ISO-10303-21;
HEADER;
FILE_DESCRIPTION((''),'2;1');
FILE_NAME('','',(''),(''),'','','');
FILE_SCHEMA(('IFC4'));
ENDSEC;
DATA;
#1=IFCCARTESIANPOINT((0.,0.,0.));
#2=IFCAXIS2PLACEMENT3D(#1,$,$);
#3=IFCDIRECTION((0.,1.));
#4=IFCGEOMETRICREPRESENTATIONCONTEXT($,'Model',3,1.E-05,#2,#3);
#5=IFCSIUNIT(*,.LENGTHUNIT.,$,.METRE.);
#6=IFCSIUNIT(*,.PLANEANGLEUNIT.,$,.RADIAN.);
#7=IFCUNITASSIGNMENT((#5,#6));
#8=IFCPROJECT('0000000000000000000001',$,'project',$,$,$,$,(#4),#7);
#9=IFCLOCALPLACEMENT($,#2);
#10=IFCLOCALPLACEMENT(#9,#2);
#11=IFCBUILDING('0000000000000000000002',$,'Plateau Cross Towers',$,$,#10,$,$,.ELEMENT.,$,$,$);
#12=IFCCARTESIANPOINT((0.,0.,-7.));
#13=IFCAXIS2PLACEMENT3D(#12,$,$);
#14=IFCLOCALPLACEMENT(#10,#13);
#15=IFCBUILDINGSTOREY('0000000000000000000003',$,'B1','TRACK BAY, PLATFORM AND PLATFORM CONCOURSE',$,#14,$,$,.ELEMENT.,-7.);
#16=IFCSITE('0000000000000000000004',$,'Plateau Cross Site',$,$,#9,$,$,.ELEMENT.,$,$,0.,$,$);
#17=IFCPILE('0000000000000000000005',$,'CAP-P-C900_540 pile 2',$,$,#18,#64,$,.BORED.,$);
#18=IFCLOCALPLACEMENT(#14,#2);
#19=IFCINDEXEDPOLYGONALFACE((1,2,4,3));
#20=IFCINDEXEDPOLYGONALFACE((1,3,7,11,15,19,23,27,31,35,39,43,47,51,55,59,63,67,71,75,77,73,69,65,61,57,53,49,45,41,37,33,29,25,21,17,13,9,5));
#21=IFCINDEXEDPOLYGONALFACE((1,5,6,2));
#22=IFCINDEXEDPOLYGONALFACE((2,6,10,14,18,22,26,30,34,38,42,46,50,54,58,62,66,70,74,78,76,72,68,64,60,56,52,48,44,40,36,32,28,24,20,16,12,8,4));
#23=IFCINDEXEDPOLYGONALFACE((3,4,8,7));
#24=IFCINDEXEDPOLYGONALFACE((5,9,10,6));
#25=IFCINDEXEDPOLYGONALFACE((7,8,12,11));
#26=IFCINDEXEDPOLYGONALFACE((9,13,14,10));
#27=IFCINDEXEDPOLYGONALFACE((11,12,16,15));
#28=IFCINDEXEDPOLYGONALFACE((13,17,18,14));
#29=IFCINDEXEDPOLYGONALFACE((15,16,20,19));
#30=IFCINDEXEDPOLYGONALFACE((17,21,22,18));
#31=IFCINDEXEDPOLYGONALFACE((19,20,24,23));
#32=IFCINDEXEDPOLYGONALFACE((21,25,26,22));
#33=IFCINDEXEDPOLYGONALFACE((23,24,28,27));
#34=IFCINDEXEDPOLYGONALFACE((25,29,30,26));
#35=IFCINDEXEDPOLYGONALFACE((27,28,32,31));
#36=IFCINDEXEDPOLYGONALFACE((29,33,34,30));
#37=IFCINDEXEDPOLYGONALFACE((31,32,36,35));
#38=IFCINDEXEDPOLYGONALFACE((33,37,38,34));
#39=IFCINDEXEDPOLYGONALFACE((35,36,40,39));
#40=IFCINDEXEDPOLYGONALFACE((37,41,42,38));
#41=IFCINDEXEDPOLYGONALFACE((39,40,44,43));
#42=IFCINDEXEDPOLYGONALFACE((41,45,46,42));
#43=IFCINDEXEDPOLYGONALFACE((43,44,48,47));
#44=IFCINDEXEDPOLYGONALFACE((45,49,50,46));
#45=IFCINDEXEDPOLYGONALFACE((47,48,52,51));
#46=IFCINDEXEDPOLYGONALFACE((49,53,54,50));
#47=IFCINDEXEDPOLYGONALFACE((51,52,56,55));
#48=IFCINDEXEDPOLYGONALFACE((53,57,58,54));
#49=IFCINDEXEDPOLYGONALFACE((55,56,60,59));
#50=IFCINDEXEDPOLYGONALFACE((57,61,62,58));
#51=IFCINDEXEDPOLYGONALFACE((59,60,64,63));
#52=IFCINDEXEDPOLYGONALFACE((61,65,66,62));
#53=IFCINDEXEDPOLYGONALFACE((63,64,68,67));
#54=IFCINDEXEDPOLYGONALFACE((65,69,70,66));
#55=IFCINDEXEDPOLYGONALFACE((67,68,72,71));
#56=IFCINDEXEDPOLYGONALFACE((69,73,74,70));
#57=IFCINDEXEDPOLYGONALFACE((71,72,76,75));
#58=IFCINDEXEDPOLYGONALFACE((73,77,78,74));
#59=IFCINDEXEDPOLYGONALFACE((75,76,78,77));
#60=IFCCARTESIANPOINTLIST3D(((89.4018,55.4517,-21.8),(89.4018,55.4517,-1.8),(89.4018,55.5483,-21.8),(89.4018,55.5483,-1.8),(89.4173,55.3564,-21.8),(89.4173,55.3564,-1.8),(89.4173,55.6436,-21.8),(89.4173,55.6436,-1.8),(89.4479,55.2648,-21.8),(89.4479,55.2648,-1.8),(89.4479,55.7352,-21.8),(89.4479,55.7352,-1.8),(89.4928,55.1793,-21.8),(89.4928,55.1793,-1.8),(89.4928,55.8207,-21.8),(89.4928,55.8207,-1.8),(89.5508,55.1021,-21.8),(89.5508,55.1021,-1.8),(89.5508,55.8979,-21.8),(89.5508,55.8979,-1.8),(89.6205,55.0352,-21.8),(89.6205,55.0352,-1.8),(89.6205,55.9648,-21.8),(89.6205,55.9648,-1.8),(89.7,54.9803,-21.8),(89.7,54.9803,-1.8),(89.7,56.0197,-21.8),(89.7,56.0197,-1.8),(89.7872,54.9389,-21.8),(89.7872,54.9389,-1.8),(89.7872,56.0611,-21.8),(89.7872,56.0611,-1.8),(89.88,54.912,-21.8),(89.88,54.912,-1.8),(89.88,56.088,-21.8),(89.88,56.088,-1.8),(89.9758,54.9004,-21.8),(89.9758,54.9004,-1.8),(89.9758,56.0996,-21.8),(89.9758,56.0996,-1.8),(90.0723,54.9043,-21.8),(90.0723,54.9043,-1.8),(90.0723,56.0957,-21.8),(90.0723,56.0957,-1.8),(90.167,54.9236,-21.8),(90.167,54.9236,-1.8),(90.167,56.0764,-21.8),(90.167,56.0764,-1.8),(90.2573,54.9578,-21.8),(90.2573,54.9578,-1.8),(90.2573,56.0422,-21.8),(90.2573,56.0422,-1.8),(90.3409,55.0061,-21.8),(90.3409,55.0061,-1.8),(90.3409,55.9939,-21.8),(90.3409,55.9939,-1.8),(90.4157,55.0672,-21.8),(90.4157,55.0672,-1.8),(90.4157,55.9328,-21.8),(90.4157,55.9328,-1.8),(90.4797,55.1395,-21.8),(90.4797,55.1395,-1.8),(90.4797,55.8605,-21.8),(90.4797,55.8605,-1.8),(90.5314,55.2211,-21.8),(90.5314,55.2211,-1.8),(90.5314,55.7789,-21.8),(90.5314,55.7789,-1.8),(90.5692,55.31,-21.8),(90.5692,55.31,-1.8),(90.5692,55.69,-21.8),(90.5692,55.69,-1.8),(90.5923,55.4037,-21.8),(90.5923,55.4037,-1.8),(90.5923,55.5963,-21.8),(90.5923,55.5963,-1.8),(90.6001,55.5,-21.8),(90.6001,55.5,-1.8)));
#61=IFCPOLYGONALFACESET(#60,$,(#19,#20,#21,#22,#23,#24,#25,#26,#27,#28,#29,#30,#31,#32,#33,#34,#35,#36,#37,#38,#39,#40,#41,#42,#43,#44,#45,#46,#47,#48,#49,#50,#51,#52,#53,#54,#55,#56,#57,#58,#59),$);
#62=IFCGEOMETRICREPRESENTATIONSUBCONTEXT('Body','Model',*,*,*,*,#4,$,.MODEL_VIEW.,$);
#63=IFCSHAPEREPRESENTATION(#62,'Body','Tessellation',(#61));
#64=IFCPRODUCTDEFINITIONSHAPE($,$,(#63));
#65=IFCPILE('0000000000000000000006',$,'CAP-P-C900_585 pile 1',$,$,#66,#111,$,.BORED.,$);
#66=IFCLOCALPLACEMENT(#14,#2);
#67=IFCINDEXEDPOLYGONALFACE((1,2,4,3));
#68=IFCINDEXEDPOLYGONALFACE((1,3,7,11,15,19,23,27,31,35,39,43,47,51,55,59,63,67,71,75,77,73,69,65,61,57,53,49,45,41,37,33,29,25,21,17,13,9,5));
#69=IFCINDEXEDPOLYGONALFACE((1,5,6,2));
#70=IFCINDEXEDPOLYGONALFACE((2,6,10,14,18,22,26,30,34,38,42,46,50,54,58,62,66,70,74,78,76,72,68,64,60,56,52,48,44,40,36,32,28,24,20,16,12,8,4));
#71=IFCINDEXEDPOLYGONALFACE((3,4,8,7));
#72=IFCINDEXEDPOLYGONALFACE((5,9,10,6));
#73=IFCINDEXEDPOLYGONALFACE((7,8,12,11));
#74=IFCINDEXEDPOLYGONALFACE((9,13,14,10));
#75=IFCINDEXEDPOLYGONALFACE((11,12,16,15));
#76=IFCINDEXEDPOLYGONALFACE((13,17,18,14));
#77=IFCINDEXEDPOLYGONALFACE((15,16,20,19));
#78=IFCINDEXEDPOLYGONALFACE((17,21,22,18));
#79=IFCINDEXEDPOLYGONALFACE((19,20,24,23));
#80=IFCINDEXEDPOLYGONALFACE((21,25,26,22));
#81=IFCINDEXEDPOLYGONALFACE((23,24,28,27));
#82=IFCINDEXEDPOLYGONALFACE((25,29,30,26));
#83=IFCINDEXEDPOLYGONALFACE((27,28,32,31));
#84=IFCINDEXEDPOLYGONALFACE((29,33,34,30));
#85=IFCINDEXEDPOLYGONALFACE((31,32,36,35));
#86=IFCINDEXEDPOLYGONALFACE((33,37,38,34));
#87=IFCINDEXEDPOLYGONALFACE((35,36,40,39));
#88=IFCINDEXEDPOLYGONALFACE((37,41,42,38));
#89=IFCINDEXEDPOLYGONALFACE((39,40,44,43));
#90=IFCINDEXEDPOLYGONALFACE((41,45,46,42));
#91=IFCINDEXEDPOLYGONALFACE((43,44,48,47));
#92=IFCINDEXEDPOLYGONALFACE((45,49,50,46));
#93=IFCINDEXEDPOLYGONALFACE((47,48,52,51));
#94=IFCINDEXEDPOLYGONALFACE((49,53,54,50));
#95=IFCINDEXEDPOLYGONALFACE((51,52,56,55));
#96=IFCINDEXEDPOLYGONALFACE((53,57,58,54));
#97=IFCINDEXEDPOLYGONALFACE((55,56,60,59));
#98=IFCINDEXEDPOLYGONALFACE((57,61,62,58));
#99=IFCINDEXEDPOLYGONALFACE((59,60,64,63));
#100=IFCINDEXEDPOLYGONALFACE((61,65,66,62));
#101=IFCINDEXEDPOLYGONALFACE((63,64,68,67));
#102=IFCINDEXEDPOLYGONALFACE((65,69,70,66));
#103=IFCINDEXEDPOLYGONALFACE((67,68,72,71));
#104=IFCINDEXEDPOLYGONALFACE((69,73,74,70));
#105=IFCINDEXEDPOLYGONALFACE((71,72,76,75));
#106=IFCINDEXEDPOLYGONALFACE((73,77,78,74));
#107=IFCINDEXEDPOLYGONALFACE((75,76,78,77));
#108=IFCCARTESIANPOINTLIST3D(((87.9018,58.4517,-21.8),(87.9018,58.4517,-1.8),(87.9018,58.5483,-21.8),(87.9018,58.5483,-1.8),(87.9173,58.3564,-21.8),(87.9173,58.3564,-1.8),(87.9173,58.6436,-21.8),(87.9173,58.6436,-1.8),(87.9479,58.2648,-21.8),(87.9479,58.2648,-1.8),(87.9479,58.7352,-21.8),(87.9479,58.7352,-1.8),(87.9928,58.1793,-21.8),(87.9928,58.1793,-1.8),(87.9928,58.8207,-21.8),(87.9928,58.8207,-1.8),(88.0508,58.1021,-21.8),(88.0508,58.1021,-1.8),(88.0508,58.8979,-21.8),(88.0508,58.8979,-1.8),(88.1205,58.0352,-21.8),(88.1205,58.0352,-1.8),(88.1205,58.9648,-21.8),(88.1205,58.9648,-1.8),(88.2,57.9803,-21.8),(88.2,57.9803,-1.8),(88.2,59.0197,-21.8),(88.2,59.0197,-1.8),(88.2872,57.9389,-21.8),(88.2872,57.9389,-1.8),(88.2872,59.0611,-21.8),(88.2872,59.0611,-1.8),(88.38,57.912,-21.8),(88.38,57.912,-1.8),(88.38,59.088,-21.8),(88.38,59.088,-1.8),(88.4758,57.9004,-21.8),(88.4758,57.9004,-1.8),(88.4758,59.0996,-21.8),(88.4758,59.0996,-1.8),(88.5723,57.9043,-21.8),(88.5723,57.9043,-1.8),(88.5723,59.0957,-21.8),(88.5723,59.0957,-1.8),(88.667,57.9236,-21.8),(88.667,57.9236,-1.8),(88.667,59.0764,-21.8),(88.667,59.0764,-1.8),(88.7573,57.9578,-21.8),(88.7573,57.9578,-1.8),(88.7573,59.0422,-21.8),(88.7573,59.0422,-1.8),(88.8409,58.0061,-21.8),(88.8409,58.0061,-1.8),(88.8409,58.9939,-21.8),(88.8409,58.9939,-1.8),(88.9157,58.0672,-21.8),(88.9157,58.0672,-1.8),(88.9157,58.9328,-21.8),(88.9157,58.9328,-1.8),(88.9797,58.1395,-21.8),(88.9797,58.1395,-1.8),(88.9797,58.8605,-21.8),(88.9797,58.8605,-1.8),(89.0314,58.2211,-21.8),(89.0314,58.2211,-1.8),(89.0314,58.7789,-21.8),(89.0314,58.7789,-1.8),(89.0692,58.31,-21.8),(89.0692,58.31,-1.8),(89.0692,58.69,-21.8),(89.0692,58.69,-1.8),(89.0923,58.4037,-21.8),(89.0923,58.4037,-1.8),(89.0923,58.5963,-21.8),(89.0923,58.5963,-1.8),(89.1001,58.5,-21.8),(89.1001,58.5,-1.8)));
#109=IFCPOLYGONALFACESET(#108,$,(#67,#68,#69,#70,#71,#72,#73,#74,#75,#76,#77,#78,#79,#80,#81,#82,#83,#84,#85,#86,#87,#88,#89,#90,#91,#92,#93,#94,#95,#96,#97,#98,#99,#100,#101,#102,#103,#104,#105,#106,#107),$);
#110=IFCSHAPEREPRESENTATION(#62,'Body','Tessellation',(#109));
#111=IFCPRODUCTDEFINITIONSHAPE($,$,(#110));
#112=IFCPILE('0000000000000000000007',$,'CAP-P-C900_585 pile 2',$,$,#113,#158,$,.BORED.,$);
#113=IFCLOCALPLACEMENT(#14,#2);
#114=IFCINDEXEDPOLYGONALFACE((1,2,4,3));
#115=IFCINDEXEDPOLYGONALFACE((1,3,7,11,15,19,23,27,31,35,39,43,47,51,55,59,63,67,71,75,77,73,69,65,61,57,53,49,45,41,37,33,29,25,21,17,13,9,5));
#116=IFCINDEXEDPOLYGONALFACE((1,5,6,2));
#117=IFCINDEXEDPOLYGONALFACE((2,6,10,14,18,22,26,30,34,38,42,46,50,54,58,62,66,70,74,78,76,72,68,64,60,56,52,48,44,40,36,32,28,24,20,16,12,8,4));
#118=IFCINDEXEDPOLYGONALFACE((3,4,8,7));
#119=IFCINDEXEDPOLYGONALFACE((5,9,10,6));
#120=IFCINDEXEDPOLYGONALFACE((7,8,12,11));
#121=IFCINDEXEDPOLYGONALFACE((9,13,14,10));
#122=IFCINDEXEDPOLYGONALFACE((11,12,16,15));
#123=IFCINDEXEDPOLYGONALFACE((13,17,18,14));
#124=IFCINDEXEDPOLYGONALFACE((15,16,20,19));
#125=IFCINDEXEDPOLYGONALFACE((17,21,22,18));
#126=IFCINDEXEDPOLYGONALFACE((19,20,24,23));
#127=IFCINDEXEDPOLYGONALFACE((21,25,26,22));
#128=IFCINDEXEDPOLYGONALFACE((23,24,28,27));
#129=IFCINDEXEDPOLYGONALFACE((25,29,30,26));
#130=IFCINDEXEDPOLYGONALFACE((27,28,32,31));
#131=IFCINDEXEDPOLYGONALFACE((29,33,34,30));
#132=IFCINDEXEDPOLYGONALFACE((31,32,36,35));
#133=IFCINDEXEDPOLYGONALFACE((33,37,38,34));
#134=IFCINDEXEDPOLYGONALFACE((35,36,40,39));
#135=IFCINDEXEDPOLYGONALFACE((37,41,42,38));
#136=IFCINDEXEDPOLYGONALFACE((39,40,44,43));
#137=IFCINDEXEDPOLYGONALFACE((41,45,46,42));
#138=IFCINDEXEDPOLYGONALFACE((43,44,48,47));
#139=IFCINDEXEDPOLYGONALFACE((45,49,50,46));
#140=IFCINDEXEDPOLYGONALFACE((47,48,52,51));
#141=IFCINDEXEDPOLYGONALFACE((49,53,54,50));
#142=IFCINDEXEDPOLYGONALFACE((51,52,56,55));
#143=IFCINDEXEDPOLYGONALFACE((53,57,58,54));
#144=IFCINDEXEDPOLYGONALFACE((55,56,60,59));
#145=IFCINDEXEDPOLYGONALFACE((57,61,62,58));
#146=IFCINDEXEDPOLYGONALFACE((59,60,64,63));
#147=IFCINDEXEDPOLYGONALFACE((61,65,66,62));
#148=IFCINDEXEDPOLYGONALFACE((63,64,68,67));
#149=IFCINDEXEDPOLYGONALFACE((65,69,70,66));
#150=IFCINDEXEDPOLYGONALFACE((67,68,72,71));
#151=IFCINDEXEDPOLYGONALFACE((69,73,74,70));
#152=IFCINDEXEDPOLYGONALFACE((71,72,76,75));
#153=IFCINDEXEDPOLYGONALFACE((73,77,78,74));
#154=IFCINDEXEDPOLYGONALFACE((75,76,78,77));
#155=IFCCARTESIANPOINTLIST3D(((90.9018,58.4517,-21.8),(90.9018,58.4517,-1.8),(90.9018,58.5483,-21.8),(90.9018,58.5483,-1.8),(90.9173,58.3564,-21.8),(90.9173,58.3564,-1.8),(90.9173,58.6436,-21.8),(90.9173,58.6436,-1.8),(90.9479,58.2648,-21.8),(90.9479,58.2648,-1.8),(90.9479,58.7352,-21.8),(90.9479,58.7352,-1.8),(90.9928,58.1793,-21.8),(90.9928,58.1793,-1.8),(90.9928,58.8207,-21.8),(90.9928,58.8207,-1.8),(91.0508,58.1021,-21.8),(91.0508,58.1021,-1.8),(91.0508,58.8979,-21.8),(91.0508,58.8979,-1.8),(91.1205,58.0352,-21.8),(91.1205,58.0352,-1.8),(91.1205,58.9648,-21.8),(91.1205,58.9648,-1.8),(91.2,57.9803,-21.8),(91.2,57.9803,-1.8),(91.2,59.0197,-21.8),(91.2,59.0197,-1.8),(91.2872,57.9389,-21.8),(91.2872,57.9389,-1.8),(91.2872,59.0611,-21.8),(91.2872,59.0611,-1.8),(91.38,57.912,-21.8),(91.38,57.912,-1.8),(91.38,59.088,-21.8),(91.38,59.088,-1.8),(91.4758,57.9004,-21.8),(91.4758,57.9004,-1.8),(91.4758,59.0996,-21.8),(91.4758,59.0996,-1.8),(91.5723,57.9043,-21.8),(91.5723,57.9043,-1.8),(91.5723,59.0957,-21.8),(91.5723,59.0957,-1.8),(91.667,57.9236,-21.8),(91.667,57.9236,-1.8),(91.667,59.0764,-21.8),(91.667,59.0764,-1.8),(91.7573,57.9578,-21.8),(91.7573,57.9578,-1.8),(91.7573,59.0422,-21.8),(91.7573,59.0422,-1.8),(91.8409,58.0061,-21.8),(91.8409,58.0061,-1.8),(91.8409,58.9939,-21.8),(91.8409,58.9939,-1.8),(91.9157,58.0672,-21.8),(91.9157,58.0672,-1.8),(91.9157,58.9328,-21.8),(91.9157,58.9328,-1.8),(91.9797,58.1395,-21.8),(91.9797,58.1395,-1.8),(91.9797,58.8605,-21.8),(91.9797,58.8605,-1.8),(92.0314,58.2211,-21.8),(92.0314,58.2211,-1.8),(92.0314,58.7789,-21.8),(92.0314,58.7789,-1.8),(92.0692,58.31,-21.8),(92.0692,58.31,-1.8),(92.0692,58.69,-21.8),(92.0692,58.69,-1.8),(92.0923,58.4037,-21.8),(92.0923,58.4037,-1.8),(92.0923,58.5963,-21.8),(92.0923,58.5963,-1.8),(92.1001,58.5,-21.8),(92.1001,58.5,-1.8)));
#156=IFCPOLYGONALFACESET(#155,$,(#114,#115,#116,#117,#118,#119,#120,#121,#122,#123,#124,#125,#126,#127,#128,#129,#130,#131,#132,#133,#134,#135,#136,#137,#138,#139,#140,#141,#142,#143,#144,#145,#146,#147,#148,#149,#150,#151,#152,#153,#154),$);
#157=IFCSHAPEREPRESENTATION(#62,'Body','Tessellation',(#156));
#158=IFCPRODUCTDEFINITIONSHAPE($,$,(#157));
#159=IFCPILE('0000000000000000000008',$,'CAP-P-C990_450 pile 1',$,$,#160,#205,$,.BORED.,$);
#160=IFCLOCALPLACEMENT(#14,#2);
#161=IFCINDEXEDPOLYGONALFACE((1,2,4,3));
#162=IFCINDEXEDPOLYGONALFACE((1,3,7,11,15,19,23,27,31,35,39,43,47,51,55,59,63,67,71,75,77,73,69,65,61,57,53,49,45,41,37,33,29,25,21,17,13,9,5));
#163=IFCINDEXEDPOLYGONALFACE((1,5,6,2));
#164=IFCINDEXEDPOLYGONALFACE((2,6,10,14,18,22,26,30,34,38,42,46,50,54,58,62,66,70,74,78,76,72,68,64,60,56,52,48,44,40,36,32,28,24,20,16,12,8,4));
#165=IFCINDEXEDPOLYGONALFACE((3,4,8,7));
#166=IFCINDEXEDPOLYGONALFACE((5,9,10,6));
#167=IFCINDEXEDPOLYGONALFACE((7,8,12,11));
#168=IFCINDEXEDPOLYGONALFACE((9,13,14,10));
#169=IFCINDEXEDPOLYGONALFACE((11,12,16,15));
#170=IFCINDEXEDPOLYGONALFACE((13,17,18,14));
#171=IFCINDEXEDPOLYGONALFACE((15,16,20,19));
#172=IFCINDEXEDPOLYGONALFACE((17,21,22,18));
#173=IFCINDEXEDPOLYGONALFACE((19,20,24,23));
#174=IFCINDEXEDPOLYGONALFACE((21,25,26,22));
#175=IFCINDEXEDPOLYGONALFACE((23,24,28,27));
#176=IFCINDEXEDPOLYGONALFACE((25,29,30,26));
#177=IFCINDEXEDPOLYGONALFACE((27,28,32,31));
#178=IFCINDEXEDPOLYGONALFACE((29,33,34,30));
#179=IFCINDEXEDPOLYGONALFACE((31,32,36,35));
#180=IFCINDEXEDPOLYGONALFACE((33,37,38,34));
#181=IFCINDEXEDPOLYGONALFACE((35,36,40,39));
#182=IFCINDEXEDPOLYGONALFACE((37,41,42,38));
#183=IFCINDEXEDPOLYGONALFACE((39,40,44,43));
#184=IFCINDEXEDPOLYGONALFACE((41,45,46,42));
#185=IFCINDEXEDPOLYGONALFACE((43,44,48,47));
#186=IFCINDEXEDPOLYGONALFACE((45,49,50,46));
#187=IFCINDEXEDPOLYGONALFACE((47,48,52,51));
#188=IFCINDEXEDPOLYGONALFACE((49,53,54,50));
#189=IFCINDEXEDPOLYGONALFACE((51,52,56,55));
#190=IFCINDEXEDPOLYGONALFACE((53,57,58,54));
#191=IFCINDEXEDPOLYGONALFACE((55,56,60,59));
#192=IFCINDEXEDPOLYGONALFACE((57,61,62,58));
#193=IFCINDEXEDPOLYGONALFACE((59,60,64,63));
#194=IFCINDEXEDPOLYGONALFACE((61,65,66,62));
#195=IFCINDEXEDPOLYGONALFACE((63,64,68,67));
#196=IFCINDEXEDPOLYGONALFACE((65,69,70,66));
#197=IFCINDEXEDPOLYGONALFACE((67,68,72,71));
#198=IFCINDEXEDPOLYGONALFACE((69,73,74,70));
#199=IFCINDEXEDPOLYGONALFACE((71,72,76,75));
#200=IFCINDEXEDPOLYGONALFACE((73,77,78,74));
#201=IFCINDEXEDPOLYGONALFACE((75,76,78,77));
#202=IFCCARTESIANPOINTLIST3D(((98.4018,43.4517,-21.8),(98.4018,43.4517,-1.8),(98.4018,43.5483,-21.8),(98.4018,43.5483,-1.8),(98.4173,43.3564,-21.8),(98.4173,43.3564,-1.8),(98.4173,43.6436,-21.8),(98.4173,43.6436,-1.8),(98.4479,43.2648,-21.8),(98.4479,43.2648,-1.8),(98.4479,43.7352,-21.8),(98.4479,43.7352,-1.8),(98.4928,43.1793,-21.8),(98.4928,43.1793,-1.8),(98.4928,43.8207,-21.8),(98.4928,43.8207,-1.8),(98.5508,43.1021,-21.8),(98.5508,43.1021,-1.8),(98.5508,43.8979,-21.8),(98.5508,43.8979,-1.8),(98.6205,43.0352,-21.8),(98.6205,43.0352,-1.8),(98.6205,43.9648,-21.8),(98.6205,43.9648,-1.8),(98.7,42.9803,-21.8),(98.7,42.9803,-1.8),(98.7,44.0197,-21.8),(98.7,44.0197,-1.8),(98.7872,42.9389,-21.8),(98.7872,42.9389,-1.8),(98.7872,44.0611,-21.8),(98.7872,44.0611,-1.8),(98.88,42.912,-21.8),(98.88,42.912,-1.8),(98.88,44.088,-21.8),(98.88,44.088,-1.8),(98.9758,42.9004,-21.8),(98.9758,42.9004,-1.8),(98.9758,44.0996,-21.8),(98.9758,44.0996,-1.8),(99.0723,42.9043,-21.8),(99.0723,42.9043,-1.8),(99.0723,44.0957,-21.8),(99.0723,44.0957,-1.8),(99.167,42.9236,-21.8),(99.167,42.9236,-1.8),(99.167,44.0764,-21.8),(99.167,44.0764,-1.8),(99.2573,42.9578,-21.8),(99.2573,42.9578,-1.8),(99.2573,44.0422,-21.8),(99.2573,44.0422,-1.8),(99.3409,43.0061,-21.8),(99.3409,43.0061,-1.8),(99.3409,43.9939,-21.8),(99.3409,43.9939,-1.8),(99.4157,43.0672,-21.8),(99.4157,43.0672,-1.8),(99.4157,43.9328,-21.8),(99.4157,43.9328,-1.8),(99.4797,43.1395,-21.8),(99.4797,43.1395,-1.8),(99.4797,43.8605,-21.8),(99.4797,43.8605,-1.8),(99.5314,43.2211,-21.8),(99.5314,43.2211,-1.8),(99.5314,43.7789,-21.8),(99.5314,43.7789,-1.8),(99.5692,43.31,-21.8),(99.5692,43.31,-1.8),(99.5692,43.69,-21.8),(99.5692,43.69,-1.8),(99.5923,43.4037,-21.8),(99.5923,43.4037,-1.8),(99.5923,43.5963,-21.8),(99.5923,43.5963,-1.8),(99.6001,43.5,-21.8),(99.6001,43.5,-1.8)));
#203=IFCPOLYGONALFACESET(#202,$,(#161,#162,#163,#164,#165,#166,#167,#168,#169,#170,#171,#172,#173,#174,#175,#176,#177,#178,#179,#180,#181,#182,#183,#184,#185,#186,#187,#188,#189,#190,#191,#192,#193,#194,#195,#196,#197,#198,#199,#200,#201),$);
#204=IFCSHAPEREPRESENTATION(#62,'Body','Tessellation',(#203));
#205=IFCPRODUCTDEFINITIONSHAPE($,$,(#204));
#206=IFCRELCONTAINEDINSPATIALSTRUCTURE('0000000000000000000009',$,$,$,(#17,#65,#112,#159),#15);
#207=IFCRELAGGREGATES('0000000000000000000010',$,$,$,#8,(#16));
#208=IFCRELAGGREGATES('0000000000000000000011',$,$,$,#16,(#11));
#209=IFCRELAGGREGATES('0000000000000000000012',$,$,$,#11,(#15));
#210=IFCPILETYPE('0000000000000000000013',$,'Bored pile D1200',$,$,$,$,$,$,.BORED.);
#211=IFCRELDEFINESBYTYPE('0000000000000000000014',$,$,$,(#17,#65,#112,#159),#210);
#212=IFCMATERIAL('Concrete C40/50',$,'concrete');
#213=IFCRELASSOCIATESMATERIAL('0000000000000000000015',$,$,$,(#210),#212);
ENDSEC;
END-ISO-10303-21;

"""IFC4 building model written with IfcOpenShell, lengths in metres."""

from ifc_helpers import new_model, si_unit, direction, frame, origin, origin_2d, place, context, subcontext, project, spatial, circle, extrude, material, material_profile, profile_set, type_object, element, save


model = new_model("IFC4")

# Units and contexts
model_context = context("Model", 3, precision=1e-05, world=origin(), true_north=direction((0.0, 1.0)))
body_context = subcontext(model_context, "Body", "Model", "MODEL_VIEW")
ifc_project = project(units=[si_unit("LENGTHUNIT", "METRE"), si_unit("PLANEANGLEUNIT", "RADIAN")], contexts=[model_context])

# Site, building, storey
site_placement = place(None, origin())
site = spatial("IfcSite", under=ifc_project, at=site_placement, Name="Plateau Cross Site", CompositionType="ELEMENT", RefElevation=0.0)
building_placement = place(site_placement, origin())
building = spatial("IfcBuilding", under=site, at=building_placement, Name="Plateau Cross Towers", CompositionType="ELEMENT")
storey_placement = place(building_placement, frame((0.0, 0.0, -7.0)))
storey = spatial("IfcBuildingStorey", under=building, at=storey_placement, Name="B1", Description="TRACK BAY, PLATFORM AND PLATFORM CONCOURSE", CompositionType="ELEMENT", Elevation=-7.0)

# Piles
ifc_material_1 = material(Name="Concrete C40/50", Category="concrete")
ifc_material_profile_1 = material_profile(ifc_material_1, circle(Radius=0.6001, at=origin_2d()), Name="Bored pile D1200")
ifc_profile_set_1 = profile_set([ifc_material_profile_1], Name="Concrete C40/50")
pile_type = type_object("IfcPileType", Name="Bored pile D1200", PredefinedType="BORED", material=ifc_profile_set_1)
for number, where, z_axis, x_axis, name in (
    (1, (90.0, 55.5, -1.8), (0.0, 0.0, -1.0), (1.0, 0.0, 0.0), "CAP-P-C900_540 pile 2"),
    (2, (88.5, 58.5, -1.8), (0.0, 0.0, -1.0), (1.0, 0.0, 0.0), "CAP-P-C900_585 pile 1"),
    (3, (91.5, 58.5, -1.8), (0.0, 0.0, -1.0), (1.0, 0.0, 0.0), "CAP-P-C900_585 pile 2"),
    (4, (99.0, 43.5, -1.8), (0.0, 0.0, -1.0), (1.0, 0.0, 0.0), "CAP-P-C990_450 pile 1"),
):
    element("IfcPile", number, at=place(storey_placement, frame(where, z_axis=z_axis, x_axis=x_axis)), inside=storey, type_object=pile_type, Name=name, PredefinedType="BORED", context=body_context, shape_type="SweptSolid", body=[
        extrude(circle(Radius=0.6001, at=origin_2d()), origin(), (0.0, 0.0, 1.0), 20.0),
    ])

save(model, "model.ifc")
